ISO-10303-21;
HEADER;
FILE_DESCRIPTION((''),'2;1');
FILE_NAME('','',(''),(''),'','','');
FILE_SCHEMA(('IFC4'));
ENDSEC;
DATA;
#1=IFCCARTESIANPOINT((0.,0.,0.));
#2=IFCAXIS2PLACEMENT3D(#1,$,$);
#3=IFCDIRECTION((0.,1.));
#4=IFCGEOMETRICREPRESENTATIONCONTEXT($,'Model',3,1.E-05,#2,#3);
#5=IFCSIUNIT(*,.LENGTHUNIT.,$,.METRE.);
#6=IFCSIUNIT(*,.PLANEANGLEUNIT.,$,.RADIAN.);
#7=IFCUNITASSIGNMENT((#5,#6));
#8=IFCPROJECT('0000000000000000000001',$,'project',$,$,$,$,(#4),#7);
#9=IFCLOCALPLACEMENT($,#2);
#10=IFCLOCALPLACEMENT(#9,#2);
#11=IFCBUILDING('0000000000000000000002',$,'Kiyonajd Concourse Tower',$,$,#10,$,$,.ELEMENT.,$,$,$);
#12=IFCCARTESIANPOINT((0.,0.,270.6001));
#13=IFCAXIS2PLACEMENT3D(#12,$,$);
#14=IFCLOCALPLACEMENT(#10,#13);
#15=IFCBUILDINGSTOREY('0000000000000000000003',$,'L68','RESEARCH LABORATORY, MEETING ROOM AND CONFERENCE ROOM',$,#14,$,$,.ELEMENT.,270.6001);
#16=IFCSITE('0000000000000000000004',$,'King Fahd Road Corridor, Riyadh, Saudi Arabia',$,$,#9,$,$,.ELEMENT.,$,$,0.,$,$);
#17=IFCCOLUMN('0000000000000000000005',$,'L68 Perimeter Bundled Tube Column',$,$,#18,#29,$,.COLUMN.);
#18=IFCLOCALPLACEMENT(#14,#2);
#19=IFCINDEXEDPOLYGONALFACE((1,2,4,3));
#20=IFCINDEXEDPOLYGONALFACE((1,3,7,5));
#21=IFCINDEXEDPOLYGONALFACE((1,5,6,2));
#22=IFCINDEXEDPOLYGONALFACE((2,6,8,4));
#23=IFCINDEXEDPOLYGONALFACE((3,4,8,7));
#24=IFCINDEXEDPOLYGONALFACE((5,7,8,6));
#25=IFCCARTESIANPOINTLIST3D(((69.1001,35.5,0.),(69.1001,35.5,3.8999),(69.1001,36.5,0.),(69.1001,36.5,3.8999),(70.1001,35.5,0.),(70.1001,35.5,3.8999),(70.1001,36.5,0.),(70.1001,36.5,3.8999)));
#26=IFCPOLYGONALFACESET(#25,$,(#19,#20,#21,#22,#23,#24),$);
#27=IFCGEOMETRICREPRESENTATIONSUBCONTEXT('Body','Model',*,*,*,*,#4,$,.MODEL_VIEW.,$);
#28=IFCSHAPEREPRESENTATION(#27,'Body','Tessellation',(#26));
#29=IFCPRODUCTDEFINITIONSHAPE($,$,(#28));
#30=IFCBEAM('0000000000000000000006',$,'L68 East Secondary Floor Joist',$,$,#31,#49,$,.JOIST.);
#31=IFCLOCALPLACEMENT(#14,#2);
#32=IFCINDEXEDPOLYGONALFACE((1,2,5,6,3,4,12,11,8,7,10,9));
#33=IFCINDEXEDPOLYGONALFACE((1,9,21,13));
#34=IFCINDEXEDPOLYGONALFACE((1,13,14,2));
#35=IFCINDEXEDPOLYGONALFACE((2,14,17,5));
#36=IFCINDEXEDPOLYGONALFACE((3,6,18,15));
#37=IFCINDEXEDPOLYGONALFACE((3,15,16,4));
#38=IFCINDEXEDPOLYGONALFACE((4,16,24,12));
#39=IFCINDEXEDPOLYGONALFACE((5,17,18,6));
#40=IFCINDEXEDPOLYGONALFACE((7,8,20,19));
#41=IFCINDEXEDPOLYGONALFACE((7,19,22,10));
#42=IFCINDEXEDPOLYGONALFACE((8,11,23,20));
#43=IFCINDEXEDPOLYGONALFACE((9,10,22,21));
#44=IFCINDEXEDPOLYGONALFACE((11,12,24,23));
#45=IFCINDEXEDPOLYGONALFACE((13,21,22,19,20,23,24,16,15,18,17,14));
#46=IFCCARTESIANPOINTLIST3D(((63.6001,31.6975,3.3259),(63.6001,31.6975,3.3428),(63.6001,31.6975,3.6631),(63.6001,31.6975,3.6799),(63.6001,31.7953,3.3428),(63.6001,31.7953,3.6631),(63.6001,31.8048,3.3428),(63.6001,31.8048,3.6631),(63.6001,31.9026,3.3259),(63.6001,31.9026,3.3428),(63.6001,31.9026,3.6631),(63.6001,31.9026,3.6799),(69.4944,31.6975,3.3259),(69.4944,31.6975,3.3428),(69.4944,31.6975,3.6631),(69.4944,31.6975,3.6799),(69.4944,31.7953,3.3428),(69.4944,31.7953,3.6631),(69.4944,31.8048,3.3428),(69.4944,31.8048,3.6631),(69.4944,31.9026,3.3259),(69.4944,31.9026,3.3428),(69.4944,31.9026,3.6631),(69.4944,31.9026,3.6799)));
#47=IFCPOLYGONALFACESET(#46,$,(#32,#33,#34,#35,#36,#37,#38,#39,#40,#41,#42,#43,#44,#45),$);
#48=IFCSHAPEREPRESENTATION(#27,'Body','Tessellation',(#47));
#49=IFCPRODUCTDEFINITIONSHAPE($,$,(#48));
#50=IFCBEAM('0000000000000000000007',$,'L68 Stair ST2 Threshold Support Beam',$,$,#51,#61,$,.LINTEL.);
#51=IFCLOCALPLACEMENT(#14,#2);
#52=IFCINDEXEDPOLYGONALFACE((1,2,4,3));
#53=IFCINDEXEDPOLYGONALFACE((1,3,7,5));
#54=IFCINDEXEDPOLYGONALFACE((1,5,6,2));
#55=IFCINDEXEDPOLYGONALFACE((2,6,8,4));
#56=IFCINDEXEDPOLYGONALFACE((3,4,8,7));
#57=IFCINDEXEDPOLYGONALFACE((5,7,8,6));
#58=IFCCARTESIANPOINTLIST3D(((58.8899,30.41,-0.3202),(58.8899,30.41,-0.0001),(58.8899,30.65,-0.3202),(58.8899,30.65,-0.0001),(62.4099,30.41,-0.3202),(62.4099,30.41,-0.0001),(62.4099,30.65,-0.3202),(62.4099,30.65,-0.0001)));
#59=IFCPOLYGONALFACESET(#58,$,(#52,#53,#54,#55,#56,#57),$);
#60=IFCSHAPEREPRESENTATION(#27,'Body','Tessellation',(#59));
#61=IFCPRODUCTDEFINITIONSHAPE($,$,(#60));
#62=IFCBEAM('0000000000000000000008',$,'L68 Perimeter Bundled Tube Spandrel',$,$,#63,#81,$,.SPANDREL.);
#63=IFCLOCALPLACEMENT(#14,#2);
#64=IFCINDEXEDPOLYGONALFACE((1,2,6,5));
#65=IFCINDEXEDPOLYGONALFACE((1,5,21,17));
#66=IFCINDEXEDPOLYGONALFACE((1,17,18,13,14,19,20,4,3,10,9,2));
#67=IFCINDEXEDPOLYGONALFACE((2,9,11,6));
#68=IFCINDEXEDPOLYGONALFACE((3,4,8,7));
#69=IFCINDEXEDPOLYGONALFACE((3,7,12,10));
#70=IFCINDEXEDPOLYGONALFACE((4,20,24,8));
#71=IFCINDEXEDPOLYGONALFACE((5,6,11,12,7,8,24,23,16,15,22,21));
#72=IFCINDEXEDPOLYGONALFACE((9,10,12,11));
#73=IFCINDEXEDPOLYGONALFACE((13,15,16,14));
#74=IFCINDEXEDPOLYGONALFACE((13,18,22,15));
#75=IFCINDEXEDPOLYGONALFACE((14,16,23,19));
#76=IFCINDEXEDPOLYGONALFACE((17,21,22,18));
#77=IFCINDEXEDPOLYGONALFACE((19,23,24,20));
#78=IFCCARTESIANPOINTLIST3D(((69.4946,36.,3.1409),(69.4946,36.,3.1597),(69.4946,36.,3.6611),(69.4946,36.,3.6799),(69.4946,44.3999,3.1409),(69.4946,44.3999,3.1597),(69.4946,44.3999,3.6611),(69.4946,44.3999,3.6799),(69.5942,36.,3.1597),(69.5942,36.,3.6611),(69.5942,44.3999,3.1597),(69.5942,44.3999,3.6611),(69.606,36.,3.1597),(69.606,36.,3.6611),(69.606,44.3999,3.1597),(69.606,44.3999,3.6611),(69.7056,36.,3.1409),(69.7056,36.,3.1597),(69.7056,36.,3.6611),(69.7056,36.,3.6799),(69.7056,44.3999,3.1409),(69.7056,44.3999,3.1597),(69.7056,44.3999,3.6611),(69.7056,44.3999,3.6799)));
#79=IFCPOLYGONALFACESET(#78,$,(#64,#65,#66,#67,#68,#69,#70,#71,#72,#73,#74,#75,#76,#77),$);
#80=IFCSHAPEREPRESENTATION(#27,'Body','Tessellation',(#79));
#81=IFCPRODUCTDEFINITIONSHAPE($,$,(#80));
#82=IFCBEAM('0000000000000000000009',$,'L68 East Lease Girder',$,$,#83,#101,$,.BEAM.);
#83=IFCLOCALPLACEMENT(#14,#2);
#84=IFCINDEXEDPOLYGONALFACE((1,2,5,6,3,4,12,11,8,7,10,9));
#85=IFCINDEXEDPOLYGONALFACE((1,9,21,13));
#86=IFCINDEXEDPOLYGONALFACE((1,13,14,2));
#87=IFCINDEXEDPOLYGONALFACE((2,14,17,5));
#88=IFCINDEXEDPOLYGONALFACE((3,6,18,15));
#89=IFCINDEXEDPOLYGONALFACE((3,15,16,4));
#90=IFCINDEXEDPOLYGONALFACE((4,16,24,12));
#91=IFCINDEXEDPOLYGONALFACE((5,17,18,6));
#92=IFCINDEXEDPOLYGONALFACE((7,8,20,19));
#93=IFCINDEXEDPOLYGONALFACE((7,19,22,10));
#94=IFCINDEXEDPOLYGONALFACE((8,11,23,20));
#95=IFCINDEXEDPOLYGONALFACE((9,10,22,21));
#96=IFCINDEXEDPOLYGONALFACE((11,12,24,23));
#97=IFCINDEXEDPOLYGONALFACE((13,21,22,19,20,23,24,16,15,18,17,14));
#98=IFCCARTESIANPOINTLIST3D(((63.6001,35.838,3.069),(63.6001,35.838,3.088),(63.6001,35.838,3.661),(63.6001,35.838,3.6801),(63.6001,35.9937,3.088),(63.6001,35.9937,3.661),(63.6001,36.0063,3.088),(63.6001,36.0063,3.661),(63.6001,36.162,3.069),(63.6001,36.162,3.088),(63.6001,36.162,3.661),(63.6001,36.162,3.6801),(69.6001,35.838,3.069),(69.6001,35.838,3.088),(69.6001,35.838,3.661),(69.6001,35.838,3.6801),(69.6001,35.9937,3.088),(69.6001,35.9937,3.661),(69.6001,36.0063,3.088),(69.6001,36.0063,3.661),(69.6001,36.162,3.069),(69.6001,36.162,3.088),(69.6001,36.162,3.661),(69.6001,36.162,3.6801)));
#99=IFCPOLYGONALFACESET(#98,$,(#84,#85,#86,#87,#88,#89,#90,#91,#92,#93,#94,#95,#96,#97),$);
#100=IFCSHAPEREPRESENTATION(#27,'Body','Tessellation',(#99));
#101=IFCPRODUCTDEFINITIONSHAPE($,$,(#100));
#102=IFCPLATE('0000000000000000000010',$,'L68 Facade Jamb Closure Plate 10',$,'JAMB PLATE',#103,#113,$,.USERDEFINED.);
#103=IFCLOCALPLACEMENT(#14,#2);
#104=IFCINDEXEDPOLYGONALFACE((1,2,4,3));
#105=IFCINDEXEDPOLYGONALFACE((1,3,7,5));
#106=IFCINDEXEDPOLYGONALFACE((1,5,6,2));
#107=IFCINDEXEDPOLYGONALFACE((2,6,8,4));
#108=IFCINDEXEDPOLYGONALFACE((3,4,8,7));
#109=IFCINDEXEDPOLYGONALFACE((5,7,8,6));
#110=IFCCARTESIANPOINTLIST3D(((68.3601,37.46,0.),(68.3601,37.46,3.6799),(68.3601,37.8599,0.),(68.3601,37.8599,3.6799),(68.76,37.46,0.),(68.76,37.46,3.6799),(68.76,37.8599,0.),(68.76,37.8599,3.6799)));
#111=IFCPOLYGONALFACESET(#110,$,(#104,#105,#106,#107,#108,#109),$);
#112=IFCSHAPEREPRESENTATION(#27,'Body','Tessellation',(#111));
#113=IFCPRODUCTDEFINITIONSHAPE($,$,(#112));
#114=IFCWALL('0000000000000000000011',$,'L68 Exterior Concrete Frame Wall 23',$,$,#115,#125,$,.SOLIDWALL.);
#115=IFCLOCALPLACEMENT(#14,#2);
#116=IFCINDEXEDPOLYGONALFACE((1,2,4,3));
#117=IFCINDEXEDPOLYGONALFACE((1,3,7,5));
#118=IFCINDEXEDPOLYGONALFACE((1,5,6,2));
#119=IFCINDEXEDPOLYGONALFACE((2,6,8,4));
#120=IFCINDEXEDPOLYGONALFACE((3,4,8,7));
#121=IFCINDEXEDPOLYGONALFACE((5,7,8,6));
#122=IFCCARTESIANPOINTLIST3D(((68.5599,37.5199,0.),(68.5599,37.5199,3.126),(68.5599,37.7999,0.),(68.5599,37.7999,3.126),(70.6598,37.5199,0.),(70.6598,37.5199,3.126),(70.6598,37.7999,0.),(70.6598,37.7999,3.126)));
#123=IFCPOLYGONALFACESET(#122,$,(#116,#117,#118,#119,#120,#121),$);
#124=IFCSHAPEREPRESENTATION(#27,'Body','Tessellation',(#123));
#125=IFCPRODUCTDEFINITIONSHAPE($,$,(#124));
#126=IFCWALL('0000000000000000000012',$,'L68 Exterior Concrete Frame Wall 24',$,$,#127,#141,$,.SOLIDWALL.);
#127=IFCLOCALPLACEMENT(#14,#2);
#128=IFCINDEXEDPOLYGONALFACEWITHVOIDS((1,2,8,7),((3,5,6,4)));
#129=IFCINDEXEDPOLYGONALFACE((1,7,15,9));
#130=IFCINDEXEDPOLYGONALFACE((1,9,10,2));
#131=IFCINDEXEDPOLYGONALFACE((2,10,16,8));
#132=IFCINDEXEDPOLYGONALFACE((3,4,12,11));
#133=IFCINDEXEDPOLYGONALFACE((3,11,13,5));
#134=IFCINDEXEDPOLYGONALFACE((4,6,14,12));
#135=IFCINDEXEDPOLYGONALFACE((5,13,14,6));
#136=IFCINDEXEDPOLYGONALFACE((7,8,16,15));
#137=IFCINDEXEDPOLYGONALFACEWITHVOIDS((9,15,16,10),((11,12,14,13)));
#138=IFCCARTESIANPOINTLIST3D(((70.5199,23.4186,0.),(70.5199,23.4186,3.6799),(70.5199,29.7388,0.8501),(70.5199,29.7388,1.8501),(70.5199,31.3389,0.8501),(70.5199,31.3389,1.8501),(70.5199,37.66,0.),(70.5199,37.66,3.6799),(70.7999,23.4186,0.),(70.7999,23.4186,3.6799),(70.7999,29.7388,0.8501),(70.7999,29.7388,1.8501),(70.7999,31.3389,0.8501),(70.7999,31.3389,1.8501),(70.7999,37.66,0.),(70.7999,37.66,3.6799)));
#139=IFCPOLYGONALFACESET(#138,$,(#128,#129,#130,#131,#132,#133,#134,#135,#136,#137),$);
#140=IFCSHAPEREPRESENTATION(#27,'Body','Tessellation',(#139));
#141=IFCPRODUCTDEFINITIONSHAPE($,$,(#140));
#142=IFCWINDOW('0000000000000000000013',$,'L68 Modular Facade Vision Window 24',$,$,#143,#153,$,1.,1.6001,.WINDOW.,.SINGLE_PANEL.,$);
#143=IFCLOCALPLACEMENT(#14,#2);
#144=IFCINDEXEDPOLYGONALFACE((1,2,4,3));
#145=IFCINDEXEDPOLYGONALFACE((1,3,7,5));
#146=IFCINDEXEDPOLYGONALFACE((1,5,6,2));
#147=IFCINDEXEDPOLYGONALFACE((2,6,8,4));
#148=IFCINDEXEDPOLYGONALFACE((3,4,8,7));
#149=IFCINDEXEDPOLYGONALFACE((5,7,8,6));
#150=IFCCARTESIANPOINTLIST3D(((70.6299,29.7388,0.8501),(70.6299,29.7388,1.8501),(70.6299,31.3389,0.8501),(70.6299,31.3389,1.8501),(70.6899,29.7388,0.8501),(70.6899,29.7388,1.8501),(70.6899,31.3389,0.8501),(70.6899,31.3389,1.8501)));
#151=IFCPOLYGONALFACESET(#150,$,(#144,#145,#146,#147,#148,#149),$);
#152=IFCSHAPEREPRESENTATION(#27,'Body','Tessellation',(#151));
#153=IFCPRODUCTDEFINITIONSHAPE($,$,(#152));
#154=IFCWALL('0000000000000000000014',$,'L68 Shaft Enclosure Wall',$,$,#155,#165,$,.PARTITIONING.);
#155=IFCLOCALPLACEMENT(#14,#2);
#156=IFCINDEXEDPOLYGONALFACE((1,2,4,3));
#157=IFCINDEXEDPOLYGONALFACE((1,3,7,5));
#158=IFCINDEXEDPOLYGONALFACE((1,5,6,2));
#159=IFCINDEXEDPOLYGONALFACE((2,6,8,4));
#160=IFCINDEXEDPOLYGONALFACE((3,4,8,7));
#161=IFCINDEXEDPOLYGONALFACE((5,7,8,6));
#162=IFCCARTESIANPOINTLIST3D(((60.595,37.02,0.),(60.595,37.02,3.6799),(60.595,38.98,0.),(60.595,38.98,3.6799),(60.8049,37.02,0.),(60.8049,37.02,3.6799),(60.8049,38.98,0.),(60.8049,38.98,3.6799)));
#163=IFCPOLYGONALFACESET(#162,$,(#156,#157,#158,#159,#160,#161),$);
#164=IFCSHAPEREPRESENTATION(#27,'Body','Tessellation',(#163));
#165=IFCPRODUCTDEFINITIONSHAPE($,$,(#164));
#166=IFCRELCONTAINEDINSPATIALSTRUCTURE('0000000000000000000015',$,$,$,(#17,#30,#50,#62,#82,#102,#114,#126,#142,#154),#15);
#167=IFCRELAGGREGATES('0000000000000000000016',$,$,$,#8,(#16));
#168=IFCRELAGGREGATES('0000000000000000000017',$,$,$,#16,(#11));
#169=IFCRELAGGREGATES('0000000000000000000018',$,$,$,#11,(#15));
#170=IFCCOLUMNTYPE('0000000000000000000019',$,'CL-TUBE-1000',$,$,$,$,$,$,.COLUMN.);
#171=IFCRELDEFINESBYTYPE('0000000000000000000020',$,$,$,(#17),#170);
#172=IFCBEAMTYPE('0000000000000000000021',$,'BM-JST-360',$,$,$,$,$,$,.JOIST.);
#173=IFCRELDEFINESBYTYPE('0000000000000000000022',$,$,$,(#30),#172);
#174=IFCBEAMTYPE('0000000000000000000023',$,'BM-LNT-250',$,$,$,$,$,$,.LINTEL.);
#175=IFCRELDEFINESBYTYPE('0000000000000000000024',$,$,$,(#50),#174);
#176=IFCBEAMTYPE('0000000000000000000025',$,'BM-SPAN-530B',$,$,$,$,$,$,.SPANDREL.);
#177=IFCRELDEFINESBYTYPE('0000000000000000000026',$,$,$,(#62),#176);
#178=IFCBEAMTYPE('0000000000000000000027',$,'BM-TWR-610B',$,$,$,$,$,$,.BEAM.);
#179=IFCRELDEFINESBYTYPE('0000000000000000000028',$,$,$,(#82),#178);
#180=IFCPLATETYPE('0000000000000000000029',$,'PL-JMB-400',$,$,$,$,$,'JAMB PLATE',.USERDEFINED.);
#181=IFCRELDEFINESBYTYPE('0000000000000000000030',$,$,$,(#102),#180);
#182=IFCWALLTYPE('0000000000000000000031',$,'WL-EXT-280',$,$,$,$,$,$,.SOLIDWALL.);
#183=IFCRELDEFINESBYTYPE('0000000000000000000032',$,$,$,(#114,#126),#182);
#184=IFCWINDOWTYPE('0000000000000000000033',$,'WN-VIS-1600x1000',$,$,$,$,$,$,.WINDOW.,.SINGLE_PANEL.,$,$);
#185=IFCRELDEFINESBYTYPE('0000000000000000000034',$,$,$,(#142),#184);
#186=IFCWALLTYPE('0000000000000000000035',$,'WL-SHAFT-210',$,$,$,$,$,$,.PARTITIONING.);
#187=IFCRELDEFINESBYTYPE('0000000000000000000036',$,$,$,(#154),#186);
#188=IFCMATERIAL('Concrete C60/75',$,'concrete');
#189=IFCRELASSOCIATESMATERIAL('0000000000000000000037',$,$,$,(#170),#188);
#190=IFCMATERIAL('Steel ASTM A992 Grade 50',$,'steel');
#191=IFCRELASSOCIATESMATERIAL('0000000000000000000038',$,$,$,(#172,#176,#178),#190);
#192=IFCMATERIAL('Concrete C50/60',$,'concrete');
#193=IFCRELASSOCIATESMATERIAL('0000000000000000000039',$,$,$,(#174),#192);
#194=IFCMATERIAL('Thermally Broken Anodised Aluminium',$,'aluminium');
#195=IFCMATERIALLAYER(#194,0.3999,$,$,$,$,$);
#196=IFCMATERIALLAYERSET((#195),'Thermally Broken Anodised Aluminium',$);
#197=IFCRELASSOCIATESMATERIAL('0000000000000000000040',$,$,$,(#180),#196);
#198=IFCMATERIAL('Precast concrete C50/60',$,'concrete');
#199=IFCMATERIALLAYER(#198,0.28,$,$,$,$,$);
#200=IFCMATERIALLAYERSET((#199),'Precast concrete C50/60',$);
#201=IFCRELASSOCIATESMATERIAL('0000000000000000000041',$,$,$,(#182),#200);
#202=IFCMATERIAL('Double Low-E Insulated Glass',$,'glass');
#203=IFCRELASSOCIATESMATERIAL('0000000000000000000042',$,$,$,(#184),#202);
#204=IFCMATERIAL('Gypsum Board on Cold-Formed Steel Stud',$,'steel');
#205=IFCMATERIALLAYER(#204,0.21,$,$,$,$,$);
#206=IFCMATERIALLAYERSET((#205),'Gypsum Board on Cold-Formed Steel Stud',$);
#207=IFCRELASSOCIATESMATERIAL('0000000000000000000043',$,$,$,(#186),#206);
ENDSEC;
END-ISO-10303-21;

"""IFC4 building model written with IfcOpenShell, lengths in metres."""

from ifc_helpers import new_model, si_unit, direction, frame, frame_2d, origin, origin_2d, place, context, subcontext, project, spatial, rectangle, i_section, extrude, material, layer, layer_set, material_profile, profile_set, type_object, element, fill, save


model = new_model("IFC4")

# Units and contexts
model_context = context("Model", 3, precision=1e-05, world=origin(), true_north=direction((0.0, 1.0)))
body_context = subcontext(model_context, "Body", "Model", "MODEL_VIEW")
ifc_project = project(units=[si_unit("LENGTHUNIT", "METRE"), si_unit("PLANEANGLEUNIT", "RADIAN")], contexts=[model_context])

# Site, building, storey
site_placement = place(None, origin())
site = spatial("IfcSite", under=ifc_project, at=site_placement, Name="King Fahd Road Corridor, Riyadh, Saudi Arabia", CompositionType="ELEMENT", RefElevation=0.0)
building_placement = place(site_placement, origin())
building = spatial("IfcBuilding", under=site, at=building_placement, Name="Kiyonajd Concourse Tower", CompositionType="ELEMENT")
storey_placement = place(building_placement, frame((0.0, 0.0, 270.6001)))
storey = spatial("IfcBuildingStorey", under=building, at=storey_placement, Name="L68", Description="RESEARCH LABORATORY, MEETING ROOM AND CONFERENCE ROOM", CompositionType="ELEMENT", Elevation=270.6001)

# Column
ifc_material_1 = material(Name="Concrete C60/75", Category="concrete")
ifc_material_profile_1 = material_profile(ifc_material_1, rectangle(XDim=1.0, YDim=1.0, at=origin_2d()), Name="RC-1000x1000")
ifc_profile_set_1 = profile_set([ifc_material_profile_1], Name="Concrete C60/75")
column_type = type_object("IfcColumnType", Name="CL-TUBE-1000", PredefinedType="COLUMN", material=ifc_profile_set_1)
column_placement = place(storey_placement, frame((69.6001, 36.0, 0.0), z_axis=(0.0, 0.0, 1.0), x_axis=(1.0, 0.0, 0.0)))
element("IfcColumn", 1, at=column_placement, inside=storey, type_object=column_type, Name="L68 Perimeter Bundled Tube Column", PredefinedType="COLUMN", context=body_context, shape_type="SweptSolid", body=[
    extrude(rectangle(XDim=1.0, YDim=1.0, at=origin_2d()), origin(), (0.0, 0.0, 1.0), 3.8999),
])

# Beams
ifc_material_2 = material(Name="Steel ASTM A992 Grade 50", Category="steel")
ifc_material_profile_2 = material_profile(ifc_material_2, i_section(OverallWidth=0.2051, OverallDepth=0.354, WebThickness=0.0095, FlangeThickness=0.0168, at=origin_2d()), Name="W360X79")
ifc_profile_set_2 = profile_set([ifc_material_profile_2], Name="Steel ASTM A992 Grade 50")
beam_type_1 = type_object("IfcBeamType", Name="BM-JST-360", PredefinedType="JOIST", material=ifc_profile_set_2)
beam_1_placement = place(storey_placement, frame((63.6001, 31.8, 3.5029), z_axis=(1.0, 0.0, 0.0), x_axis=(0.0, 1.0, 0.0)))
element("IfcBeam", 2, at=beam_1_placement, inside=storey, type_object=beam_type_1, Name="L68 East Secondary Floor Joist", PredefinedType="JOIST", context=body_context, shape_type="SweptSolid", body=[
    extrude(i_section(OverallWidth=0.2051, OverallDepth=0.354, WebThickness=0.0095, FlangeThickness=0.0168, at=origin_2d()), origin(), (0.0, 0.0, 1.0), 5.8943),
])
ifc_material_3 = material(Name="Concrete C50/60", Category="concrete")
ifc_material_profile_3 = material_profile(ifc_material_3, rectangle(XDim=0.24, YDim=0.3201, at=origin_2d()), Name="RCBM-240x320")
ifc_profile_set_3 = profile_set([ifc_material_profile_3], Name="Concrete C50/60")
beam_type_2 = type_object("IfcBeamType", Name="BM-LNT-250", PredefinedType="LINTEL", material=ifc_profile_set_3)
beam_2_placement = place(storey_placement, frame((58.8899, 30.53, -0.1602), z_axis=(1.0, 0.0, 0.0), x_axis=(0.0, 1.0, 0.0)))
element("IfcBeam", 3, at=beam_2_placement, inside=storey, type_object=beam_type_2, Name="L68 Stair ST2 Threshold Support Beam", PredefinedType="LINTEL", context=body_context, shape_type="SweptSolid", body=[
    extrude(rectangle(XDim=0.24, YDim=0.3201, at=origin_2d()), origin(), (0.0, 0.0, 1.0), 3.52),
])
ifc_material_profile_4 = material_profile(ifc_material_2, i_section(OverallWidth=0.2109, OverallDepth=0.5391, WebThickness=0.0117, FlangeThickness=0.0188, at=origin_2d()), Name="W530X109")
ifc_profile_set_4 = profile_set([ifc_material_profile_4], Name="Steel ASTM A992 Grade 50")
beam_type_3 = type_object("IfcBeamType", Name="BM-SPAN-530B", PredefinedType="SPANDREL", material=ifc_profile_set_4)
beam_3_placement = place(storey_placement, frame((69.6001, 36.0, 3.4104), z_axis=(0.0, 1.0, 0.0), x_axis=(-1.0, 0.0, 0.0)))
element("IfcBeam", 4, at=beam_3_placement, inside=storey, type_object=beam_type_3, Name="L68 Perimeter Bundled Tube Spandrel", PredefinedType="SPANDREL", context=body_context, shape_type="SweptSolid", body=[
    extrude(i_section(OverallWidth=0.2109, OverallDepth=0.5391, WebThickness=0.0117, FlangeThickness=0.0188, at=origin_2d()), origin(), (0.0, 0.0, 1.0), 8.3999),
])
ifc_material_profile_5 = material_profile(ifc_material_2, i_section(OverallWidth=0.324, OverallDepth=0.6111, WebThickness=0.0127, FlangeThickness=0.019, at=origin_2d()), Name="W610X155")
ifc_profile_set_5 = profile_set([ifc_material_profile_5], Name="Steel ASTM A992 Grade 50")
beam_type_4 = type_object("IfcBeamType", Name="BM-TWR-610B", PredefinedType="BEAM", material=ifc_profile_set_5)
beam_4_placement = place(storey_placement, frame((63.6001, 36.0, 3.3745), z_axis=(1.0, 0.0, 0.0), x_axis=(0.0, 1.0, 0.0)))
element("IfcBeam", 5, at=beam_4_placement, inside=storey, type_object=beam_type_4, Name="L68 East Lease Girder", PredefinedType="BEAM", context=body_context, shape_type="SweptSolid", body=[
    extrude(i_section(OverallWidth=0.324, OverallDepth=0.6111, WebThickness=0.0127, FlangeThickness=0.019, at=origin_2d()), origin(), (0.0, 0.0, 1.0), 6.0),
])

# Plate
ifc_material_4 = material(Name="Thermally Broken Anodised Aluminium", Category="aluminium")
ifc_layer_1 = layer(ifc_material_4, 0.3999)
ifc_layer_set_1 = layer_set([ifc_layer_1], Name="Thermally Broken Anodised Aluminium")
plate_type = type_object("IfcPlateType", Name="PL-JMB-400", ElementType="JAMB PLATE", PredefinedType="USERDEFINED", material=ifc_layer_set_1)
plate_placement = place(storey_placement, frame((68.5601, 37.6599, 0.0), z_axis=(0.0, 0.0, 1.0), x_axis=(1.0, 0.0, 0.0)))
element("IfcPlate", 6, at=plate_placement, inside=storey, type_object=plate_type, Name="L68 Facade Jamb Closure Plate 10", ObjectType="JAMB PLATE", PredefinedType="USERDEFINED", context=body_context, shape_type="SweptSolid", body=[
    extrude(rectangle(XDim=0.3999, YDim=0.3999, at=origin_2d()), origin(), (0.0, 0.0, 1.0), 3.6799),
])

# Wall
ifc_material_5 = material(Name="Precast concrete C50/60", Category="concrete")
ifc_layer_2 = layer(ifc_material_5, 0.28)
ifc_layer_set_2 = layer_set([ifc_layer_2], Name="Precast concrete C50/60")
wall_type_1 = type_object("IfcWallType", Name="WL-EXT-280", PredefinedType="SOLIDWALL", material=ifc_layer_set_2)
wall_1_placement = place(storey_placement, frame((68.5601, 37.6599, 0.0), z_axis=(0.0, 0.0, 1.0), x_axis=(1.0, 0.0, 0.0)))
element("IfcWall", 7, at=wall_1_placement, inside=storey, type_object=wall_type_1, Name="L68 Exterior Concrete Frame Wall 23", PredefinedType="SOLIDWALL", context=body_context, shape_type="SweptSolid", body=[
    extrude(rectangle(XDim=2.0999, YDim=0.28, at=frame_2d((1.0498, 0.0))), origin(), (0.0, 0.0, 1.0), 3.126),
])

# Wall, opening, window
wall_2_placement = place(storey_placement, frame((70.6599, 37.6599, 0.0), z_axis=(0.0, 0.0, 1.0), x_axis=(0.0, -1.0, 0.0)))
wall_2 = element("IfcWall", 8, at=wall_2_placement, inside=storey, type_object=wall_type_1, Name="L68 Exterior Concrete Frame Wall 24", PredefinedType="SOLIDWALL", context=body_context, shape_type="SweptSolid", body=[
    extrude(rectangle(XDim=14.2415, YDim=0.28, at=frame_2d((7.1206, 0.0))), origin(), (0.0, 0.0, 1.0), 3.6799),
])
opening_1_placement = place(wall_2_placement, frame((6.321, 0.0, 0.8501)))
opening_1 = element("IfcOpeningElement", 9, at=opening_1_placement, cuts=wall_2, PredefinedType="OPENING", context=body_context, shape_type="SweptSolid", body=[
    extrude(rectangle(XDim=1.6001, YDim=1.0, at=frame_2d((0.8, 0.5))), frame((0.0, 0.1499, 0.0), z_axis=(0.0, -1.0, 0.0), x_axis=(1.0, 0.0, 0.0)), (0.0, 0.0, 1.0), 0.3),
])
ifc_material_6 = material(Name="Double Low-E Insulated Glass", Category="glass")
window_type = type_object("IfcWindowType", Name="WN-VIS-1600x1000", PartitioningType="SINGLE_PANEL", PredefinedType="WINDOW", material=ifc_material_6)
window_placement = place(opening_1_placement, origin())
window = element("IfcWindow", 10, at=window_placement, inside=storey, type_object=window_type, Name="L68 Modular Facade Vision Window 24", OverallHeight=1.0, OverallWidth=1.6001, PartitioningType="SINGLE_PANEL", PredefinedType="WINDOW", context=body_context, shape_type="SweptSolid", body=[
    extrude(rectangle(XDim=1.6001, YDim=1.0, at=frame_2d((0.8, 0.5))), frame((0.0, 0.03, 0.0), z_axis=(0.0, -1.0, 0.0), x_axis=(1.0, 0.0, 0.0)), (0.0, 0.0, 1.0), 0.0601),
])
fill(opening_1, window)

# Wall
ifc_material_7 = material(Name="Gypsum Board on Cold-Formed Steel Stud", Category="steel")
ifc_layer_3 = layer(ifc_material_7, 0.21)
ifc_layer_set_3 = layer_set([ifc_layer_3], Name="Gypsum Board on Cold-Formed Steel Stud")
wall_type_2 = type_object("IfcWallType", Name="WL-SHAFT-210", PredefinedType="PARTITIONING", material=ifc_layer_set_3)
wall_3_placement = place(storey_placement, frame((60.7, 37.02, 0.0), z_axis=(0.0, 0.0, 1.0), x_axis=(0.0, 1.0, 0.0)))
element("IfcWall", 11, at=wall_3_placement, inside=storey, type_object=wall_type_2, Name="L68 Shaft Enclosure Wall", PredefinedType="PARTITIONING", context=body_context, shape_type="SweptSolid", body=[
    extrude(rectangle(XDim=1.96, YDim=0.21, at=frame_2d((0.98, 0.0))), origin(), (0.0, 0.0, 1.0), 3.6799),
])

save(model, "model.ifc")
